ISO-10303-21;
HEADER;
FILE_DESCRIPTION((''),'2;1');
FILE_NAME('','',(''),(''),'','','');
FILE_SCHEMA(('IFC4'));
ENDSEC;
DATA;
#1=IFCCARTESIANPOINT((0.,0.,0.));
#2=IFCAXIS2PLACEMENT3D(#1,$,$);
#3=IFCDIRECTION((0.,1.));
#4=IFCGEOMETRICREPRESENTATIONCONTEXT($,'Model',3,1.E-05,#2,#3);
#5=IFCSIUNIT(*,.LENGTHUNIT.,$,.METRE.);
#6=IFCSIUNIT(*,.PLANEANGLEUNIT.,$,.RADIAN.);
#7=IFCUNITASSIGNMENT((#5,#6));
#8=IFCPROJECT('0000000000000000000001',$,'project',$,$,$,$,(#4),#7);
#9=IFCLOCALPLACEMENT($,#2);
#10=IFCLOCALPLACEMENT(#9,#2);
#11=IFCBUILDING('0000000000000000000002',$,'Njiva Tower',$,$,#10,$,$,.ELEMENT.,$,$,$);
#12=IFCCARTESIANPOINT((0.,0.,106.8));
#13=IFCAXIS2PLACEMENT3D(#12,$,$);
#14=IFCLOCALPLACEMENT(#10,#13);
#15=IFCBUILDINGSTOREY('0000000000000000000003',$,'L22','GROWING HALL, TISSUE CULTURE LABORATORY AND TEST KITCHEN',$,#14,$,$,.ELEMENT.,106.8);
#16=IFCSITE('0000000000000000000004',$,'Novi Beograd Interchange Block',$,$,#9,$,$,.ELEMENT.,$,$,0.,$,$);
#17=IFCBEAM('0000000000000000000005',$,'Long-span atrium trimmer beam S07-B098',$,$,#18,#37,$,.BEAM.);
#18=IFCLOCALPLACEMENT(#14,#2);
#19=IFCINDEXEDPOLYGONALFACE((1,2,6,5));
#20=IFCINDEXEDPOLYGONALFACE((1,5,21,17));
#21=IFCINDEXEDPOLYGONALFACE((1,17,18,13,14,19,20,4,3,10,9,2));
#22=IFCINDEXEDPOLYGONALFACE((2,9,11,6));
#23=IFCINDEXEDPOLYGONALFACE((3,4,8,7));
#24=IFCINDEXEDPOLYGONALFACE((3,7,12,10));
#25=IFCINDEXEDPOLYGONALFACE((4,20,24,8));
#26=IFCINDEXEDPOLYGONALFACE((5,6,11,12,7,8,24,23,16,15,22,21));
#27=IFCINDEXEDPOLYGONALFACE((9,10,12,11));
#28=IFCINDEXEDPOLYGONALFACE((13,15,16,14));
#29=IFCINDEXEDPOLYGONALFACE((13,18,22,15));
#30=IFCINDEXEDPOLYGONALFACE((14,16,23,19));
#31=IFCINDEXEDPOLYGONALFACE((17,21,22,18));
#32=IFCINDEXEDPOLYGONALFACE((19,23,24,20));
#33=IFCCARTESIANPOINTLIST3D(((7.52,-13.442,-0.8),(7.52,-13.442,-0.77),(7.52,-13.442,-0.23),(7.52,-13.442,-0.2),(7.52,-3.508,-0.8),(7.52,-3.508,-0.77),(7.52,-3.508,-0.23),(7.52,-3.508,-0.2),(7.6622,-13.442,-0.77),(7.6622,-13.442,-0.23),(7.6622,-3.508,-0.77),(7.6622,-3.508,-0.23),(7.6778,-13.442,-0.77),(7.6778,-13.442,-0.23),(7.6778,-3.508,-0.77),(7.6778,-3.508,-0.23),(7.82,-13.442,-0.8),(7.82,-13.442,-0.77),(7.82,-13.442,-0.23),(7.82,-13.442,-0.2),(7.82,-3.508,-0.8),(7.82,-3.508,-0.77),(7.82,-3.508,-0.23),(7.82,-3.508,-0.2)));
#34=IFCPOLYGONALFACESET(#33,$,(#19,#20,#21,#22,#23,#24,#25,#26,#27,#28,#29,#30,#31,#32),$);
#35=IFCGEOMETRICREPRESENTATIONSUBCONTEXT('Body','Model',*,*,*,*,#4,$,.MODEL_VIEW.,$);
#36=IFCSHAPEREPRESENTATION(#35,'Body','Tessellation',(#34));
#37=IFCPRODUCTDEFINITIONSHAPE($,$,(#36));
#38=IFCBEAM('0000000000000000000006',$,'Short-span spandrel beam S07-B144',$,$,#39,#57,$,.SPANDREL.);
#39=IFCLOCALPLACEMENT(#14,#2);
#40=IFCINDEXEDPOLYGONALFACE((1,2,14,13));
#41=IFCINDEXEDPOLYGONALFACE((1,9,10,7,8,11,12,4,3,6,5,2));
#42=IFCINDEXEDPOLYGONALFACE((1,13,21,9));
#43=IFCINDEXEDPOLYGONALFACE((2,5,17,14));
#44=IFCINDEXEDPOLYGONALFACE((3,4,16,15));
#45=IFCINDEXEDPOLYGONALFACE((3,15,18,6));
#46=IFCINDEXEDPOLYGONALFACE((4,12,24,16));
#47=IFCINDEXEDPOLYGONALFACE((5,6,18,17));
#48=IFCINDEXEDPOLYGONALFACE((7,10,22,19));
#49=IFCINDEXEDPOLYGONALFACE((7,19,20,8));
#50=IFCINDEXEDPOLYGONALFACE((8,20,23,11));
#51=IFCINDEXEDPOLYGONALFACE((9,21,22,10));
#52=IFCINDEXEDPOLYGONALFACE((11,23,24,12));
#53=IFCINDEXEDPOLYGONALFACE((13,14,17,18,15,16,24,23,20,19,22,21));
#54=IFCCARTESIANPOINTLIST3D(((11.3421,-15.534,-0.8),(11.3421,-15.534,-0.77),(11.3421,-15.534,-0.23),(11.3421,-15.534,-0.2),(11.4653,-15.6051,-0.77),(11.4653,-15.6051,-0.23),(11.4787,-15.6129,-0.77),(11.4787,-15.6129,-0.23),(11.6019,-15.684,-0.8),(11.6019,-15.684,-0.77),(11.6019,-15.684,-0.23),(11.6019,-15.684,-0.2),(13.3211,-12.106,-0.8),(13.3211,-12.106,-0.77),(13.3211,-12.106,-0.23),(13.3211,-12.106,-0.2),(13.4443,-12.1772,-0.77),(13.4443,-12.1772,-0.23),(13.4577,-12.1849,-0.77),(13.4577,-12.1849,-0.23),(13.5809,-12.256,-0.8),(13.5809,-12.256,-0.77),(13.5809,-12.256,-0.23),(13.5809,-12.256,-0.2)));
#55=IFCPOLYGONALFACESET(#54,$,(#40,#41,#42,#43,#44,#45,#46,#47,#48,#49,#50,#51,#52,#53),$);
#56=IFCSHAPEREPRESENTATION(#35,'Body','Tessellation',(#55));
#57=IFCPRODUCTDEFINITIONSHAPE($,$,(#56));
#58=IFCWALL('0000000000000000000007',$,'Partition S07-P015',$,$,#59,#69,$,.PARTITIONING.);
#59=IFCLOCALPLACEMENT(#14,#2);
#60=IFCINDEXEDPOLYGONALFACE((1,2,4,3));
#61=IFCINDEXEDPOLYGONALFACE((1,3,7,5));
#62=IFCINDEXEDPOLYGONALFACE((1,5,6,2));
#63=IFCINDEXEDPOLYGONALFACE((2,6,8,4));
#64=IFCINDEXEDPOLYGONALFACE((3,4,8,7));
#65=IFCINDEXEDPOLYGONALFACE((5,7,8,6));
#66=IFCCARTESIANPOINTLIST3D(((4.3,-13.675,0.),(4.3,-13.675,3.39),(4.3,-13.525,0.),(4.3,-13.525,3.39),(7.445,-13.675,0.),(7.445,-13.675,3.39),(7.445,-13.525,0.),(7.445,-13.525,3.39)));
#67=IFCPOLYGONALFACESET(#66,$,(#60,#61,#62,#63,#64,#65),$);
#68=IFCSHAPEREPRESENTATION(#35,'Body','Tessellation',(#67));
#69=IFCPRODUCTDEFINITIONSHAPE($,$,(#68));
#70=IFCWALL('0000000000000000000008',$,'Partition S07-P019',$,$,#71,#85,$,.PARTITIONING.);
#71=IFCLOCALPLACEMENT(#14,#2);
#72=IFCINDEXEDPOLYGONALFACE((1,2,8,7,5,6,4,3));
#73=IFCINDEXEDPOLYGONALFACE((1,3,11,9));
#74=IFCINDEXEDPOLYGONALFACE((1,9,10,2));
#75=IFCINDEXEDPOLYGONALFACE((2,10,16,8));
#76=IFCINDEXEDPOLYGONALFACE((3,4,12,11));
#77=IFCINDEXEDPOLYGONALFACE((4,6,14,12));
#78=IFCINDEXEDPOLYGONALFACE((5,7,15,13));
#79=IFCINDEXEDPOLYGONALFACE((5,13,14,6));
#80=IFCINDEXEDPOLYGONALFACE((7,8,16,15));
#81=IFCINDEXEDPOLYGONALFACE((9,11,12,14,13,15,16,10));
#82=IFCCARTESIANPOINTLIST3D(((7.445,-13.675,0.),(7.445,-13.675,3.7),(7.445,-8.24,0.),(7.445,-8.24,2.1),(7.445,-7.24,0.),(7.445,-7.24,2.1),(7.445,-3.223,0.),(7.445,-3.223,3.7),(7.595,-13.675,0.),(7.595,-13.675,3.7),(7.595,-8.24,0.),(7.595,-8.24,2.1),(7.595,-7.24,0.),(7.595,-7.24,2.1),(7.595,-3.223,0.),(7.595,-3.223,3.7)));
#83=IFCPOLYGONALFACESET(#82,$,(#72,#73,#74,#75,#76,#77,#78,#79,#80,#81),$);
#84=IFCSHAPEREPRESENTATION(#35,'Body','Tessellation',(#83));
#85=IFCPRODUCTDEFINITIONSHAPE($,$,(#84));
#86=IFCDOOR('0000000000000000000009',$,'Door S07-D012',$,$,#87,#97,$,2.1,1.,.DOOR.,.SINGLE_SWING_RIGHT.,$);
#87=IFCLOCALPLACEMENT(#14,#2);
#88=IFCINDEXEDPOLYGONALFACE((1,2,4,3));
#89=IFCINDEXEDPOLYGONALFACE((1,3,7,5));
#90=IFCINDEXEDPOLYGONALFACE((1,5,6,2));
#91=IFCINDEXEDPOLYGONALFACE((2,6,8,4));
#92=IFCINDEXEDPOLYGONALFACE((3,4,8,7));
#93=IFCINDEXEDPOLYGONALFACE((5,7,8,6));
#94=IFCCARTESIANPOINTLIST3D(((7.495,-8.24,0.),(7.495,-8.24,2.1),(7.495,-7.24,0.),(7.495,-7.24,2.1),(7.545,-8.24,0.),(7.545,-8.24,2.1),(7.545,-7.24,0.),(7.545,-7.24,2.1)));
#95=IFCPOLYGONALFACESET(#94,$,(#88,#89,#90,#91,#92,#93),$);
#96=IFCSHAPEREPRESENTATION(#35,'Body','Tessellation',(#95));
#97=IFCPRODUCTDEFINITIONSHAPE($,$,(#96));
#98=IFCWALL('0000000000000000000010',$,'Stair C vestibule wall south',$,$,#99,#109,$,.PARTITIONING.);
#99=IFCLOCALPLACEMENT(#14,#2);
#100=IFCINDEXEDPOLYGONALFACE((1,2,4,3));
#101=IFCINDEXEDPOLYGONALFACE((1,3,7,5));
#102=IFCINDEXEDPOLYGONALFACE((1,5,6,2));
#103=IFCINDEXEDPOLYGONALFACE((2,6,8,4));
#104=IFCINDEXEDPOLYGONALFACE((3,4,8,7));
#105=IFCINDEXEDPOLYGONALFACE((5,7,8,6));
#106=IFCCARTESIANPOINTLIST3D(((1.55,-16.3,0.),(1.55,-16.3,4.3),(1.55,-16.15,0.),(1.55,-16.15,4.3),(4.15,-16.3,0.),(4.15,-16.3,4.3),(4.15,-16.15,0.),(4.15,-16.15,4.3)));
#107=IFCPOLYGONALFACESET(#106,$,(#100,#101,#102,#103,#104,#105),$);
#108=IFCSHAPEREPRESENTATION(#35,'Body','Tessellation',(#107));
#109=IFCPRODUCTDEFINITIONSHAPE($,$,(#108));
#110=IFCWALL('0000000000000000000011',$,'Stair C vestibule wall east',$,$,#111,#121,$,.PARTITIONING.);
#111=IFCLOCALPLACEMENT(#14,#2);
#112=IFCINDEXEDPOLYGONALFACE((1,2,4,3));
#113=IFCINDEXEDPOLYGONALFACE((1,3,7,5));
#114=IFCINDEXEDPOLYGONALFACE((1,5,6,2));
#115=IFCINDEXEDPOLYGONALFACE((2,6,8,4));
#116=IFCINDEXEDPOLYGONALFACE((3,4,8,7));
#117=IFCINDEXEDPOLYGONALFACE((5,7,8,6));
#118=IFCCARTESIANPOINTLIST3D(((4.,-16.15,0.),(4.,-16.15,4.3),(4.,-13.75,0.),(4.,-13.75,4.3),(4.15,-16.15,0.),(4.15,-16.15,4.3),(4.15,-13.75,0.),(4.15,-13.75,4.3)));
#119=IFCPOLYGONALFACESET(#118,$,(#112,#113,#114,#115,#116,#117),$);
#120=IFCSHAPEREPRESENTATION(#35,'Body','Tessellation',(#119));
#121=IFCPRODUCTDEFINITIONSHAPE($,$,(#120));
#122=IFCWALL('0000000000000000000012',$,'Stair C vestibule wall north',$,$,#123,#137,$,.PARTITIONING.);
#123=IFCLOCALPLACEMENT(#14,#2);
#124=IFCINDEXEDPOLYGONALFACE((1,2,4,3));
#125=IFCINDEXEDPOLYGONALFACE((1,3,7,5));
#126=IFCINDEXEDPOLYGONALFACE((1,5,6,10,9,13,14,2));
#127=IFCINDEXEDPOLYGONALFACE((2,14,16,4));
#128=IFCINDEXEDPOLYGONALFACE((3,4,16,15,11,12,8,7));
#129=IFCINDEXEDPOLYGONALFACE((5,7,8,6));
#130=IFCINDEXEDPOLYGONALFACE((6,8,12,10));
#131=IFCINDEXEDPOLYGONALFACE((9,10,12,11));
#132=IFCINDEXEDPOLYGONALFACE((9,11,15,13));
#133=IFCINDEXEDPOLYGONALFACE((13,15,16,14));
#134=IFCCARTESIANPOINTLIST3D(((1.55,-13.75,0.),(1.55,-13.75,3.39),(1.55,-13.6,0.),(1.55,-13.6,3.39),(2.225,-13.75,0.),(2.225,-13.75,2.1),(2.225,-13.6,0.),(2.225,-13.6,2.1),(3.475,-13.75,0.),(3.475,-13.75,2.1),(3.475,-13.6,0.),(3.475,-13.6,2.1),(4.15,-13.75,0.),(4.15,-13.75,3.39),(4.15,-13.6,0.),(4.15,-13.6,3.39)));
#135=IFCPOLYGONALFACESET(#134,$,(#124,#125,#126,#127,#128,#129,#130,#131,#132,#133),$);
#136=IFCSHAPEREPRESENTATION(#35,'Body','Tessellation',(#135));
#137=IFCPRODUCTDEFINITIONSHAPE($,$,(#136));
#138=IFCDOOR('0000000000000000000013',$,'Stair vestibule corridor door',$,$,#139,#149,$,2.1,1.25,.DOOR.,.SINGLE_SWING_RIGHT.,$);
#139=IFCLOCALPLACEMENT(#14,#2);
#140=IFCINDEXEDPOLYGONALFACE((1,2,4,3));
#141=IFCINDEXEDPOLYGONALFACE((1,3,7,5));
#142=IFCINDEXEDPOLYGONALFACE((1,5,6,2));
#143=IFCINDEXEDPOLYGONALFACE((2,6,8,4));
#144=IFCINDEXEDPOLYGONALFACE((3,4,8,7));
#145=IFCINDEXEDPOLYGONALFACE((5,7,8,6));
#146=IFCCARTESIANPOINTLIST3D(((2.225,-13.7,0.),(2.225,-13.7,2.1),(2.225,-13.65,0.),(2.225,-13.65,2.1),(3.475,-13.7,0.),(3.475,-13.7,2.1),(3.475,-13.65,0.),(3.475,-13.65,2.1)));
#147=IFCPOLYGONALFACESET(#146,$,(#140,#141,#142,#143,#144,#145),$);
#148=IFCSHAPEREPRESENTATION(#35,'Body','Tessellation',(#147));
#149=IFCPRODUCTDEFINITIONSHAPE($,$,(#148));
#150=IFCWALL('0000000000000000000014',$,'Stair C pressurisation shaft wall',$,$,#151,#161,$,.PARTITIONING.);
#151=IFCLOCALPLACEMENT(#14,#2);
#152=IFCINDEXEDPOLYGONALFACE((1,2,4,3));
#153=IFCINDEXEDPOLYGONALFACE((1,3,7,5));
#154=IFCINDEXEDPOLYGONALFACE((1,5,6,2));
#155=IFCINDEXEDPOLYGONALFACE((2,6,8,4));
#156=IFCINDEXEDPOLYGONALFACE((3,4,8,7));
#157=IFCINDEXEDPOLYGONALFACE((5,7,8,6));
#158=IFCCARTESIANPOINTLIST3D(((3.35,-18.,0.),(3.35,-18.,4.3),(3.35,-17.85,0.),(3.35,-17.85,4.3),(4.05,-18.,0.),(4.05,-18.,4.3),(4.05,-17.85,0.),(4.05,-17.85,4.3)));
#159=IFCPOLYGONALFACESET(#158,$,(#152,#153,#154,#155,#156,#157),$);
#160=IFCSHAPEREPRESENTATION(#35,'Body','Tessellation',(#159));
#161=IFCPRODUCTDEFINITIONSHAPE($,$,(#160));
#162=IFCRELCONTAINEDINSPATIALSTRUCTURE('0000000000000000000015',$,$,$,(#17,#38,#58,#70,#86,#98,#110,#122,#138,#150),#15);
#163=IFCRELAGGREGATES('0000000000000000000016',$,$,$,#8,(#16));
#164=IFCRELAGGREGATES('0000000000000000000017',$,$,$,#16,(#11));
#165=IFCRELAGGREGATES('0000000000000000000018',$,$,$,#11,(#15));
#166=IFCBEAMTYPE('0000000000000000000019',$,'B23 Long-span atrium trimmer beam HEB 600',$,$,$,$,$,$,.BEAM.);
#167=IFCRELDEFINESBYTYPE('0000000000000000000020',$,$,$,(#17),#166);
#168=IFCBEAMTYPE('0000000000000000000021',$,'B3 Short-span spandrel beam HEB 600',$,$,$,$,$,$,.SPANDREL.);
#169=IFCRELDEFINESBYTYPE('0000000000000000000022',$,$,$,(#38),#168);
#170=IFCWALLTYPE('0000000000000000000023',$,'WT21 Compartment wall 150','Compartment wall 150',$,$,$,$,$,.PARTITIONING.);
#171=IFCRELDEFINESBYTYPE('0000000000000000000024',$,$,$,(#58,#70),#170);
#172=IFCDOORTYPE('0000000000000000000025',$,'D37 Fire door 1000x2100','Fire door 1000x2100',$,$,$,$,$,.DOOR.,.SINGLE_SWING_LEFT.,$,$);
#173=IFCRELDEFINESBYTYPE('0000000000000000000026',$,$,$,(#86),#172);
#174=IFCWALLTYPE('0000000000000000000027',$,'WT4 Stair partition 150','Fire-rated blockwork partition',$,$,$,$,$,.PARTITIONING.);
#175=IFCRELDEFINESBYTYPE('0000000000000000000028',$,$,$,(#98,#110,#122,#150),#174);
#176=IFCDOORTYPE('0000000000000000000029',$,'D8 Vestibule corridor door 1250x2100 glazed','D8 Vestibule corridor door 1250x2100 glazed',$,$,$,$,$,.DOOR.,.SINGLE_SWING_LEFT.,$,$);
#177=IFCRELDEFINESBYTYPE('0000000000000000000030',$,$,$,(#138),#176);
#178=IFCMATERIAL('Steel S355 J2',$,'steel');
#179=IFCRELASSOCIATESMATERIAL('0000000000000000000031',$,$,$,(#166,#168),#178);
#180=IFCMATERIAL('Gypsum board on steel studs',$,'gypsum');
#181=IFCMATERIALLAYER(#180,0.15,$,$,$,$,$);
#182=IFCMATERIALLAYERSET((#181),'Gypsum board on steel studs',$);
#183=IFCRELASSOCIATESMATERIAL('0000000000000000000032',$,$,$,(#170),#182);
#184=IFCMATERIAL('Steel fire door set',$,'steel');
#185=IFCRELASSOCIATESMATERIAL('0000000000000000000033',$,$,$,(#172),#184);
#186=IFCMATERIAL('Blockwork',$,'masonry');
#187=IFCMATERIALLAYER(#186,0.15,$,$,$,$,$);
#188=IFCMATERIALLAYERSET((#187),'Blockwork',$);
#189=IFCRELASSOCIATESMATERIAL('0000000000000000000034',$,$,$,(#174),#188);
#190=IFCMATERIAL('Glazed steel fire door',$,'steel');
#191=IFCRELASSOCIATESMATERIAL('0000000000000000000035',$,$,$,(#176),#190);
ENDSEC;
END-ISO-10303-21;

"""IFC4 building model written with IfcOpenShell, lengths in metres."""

from ifc_helpers import new_model, si_unit, direction, frame, frame_2d, origin, origin_2d, place, context, subcontext, project, spatial, rectangle, i_section, extrude, material, layer, layer_set, material_profile, profile_set, type_object, element, fill, save


model = new_model("IFC4")

# Units and contexts
model_context = context("Model", 3, precision=1e-05, world=origin(), true_north=direction((0.0, 1.0)))
body_context = subcontext(model_context, "Body", "Model", "MODEL_VIEW")
ifc_project = project(units=[si_unit("LENGTHUNIT", "METRE"), si_unit("PLANEANGLEUNIT", "RADIAN")], contexts=[model_context])

# Site, building, storey
site_placement = place(None, origin())
site = spatial("IfcSite", under=ifc_project, at=site_placement, Name="Novi Beograd Interchange Block", CompositionType="ELEMENT", RefElevation=0.0)
building_placement = place(site_placement, origin())
building = spatial("IfcBuilding", under=site, at=building_placement, Name="Njiva Tower", CompositionType="ELEMENT")
storey_placement = place(building_placement, frame((0.0, 0.0, 106.8)))
storey = spatial("IfcBuildingStorey", under=building, at=storey_placement, Name="L22", Description="GROWING HALL, TISSUE CULTURE LABORATORY AND TEST KITCHEN", CompositionType="ELEMENT", Elevation=106.8)

# Shared definitions
ifc_material_1 = material(Name="Steel S355 J2", Category="steel")

# Beams
ifc_material_profile_1 = material_profile(ifc_material_1, i_section(OverallWidth=0.3, OverallDepth=0.6, WebThickness=0.0155, FlangeThickness=0.03, at=origin_2d()), Name="HEB 600")
ifc_profile_set_1 = profile_set([ifc_material_profile_1], Name="Steel S355 J2")
beam_type_1 = type_object("IfcBeamType", Name="B23 Long-span atrium trimmer beam HEB 600", PredefinedType="BEAM", material=ifc_profile_set_1)
beam_1_placement = place(storey_placement, frame((7.67, -13.442, -0.5), z_axis=(0.0, 1.0, 0.0), x_axis=(-1.0, 0.0, 0.0)))
element("IfcBeam", 1, at=beam_1_placement, inside=storey, type_object=beam_type_1, Name="Long-span atrium trimmer beam S07-B098", PredefinedType="BEAM", context=body_context, shape_type="SweptSolid", body=[
    extrude(i_section(OverallWidth=0.3, OverallDepth=0.6, WebThickness=0.0155, FlangeThickness=0.03, at=origin_2d()), origin(), (0.0, 0.0, 1.0), 9.934),
])
ifc_material_profile_2 = material_profile(ifc_material_1, i_section(OverallWidth=0.3, OverallDepth=0.6, WebThickness=0.0155, FlangeThickness=0.03, at=origin_2d()), Name="HEB 600")
ifc_profile_set_2 = profile_set([ifc_material_profile_2], Name="Steel S355 J2")
beam_type_2 = type_object("IfcBeamType", Name="B3 Short-span spandrel beam HEB 600", PredefinedType="SPANDREL", material=ifc_profile_set_2)
beam_2_placement = place(storey_placement, frame((11.472, -15.609, -0.5), z_axis=(0.49997, 0.866043, 0.0), x_axis=(-0.866043, 0.49997, 0.0)))
element("IfcBeam", 2, at=beam_2_placement, inside=storey, type_object=beam_type_2, Name="Short-span spandrel beam S07-B144", PredefinedType="SPANDREL", context=body_context, shape_type="SweptSolid", body=[
    extrude(i_section(OverallWidth=0.3, OverallDepth=0.6, WebThickness=0.0155, FlangeThickness=0.03, at=origin_2d()), origin(), (0.0, 0.0, 1.0), 3.9582),
])

# Wall
ifc_material_2 = material(Name="Gypsum board on steel studs", Category="gypsum")
ifc_layer_1 = layer(ifc_material_2, 0.15)
ifc_layer_set_1 = layer_set([ifc_layer_1], Name="Gypsum board on steel studs")
wall_type_1 = type_object("IfcWallType", Name="WT21 Compartment wall 150", Description="Compartment wall 150", PredefinedType="PARTITIONING", material=ifc_layer_set_1)
wall_1_placement = place(storey_placement, frame((4.3, -13.6, 0.0), z_axis=(0.0, 0.0, 1.0), x_axis=(1.0, 0.0, 0.0)))
element("IfcWall", 3, at=wall_1_placement, inside=storey, type_object=wall_type_1, Name="Partition S07-P015", PredefinedType="PARTITIONING", context=body_context, shape_type="SweptSolid", body=[
    extrude(rectangle(XDim=3.145, YDim=0.15, at=frame_2d((1.5725, 0.0))), origin(), (0.0, 0.0, 1.0), 3.39),
])

# Wall, opening, door
wall_2_placement = place(storey_placement, frame((7.52, -13.675, 0.0), z_axis=(0.0, 0.0, 1.0), x_axis=(0.0, 1.0, 0.0)))
wall_2 = element("IfcWall", 4, at=wall_2_placement, inside=storey, type_object=wall_type_1, Name="Partition S07-P019", PredefinedType="PARTITIONING", context=body_context, shape_type="SweptSolid", body=[
    extrude(rectangle(XDim=10.452, YDim=0.15, at=frame_2d((5.226, 0.0))), origin(), (0.0, 0.0, 1.0), 3.7),
])
opening_1_placement = place(wall_2_placement, frame((5.435, 0.0, 0.0)))
opening_1 = element("IfcOpeningElement", 5, at=opening_1_placement, cuts=wall_2, PredefinedType="OPENING", context=body_context, shape_type="SweptSolid", body=[
    extrude(rectangle(XDim=1.0, YDim=2.1, at=frame_2d((0.5, 1.05))), frame((0.0, 0.085, 0.0), z_axis=(0.0, -1.0, 0.0), x_axis=(1.0, 0.0, 0.0)), (0.0, 0.0, 1.0), 0.17),
])
ifc_material_3 = material(Name="Steel fire door set", Category="steel")
door_type_1 = type_object("IfcDoorType", Name="D37 Fire door 1000x2100", Description="Fire door 1000x2100", OperationType="SINGLE_SWING_LEFT", PredefinedType="DOOR", material=ifc_material_3)
door_1_placement = place(opening_1_placement, origin())
door_1 = element("IfcDoor", 6, at=door_1_placement, inside=storey, type_object=door_type_1, Name="Door S07-D012", OperationType="SINGLE_SWING_RIGHT", OverallHeight=2.1, OverallWidth=1.0, PredefinedType="DOOR", context=body_context, shape_type="SweptSolid", body=[
    extrude(rectangle(XDim=1.0, YDim=2.1, at=frame_2d((0.5, 1.05))), frame((0.0, 0.025, 0.0), z_axis=(0.0, -1.0, 0.0), x_axis=(1.0, 0.0, 0.0)), (0.0, 0.0, 1.0), 0.05),
])
fill(opening_1, door_1)

# Walls
ifc_material_4 = material(Name="Blockwork", Category="masonry")
ifc_layer_2 = layer(ifc_material_4, 0.15)
ifc_layer_set_2 = layer_set([ifc_layer_2], Name="Blockwork")
wall_type_2 = type_object("IfcWallType", Name="WT4 Stair partition 150", Description="Fire-rated blockwork partition", PredefinedType="PARTITIONING", material=ifc_layer_set_2)
wall_3_placement = place(storey_placement, frame((1.55, -16.225, 0.0), z_axis=(0.0, 0.0, 1.0), x_axis=(1.0, 0.0, 0.0)))
element("IfcWall", 7, at=wall_3_placement, inside=storey, type_object=wall_type_2, Name="Stair C vestibule wall south", PredefinedType="PARTITIONING", context=body_context, shape_type="SweptSolid", body=[
    extrude(rectangle(XDim=2.6, YDim=0.15, at=frame_2d((1.3, 0.0))), origin(), (0.0, 0.0, 1.0), 4.3),
])
wall_4_placement = place(storey_placement, frame((4.075, -16.15, 0.0), z_axis=(0.0, 0.0, 1.0), x_axis=(0.0, 1.0, 0.0)))
element("IfcWall", 8, at=wall_4_placement, inside=storey, type_object=wall_type_2, Name="Stair C vestibule wall east", PredefinedType="PARTITIONING", context=body_context, shape_type="SweptSolid", body=[
    extrude(rectangle(XDim=2.4, YDim=0.15, at=frame_2d((1.2, 0.0))), origin(), (0.0, 0.0, 1.0), 4.3),
])

# Wall, opening, door
wall_5_placement = place(storey_placement, frame((1.55, -13.675, 0.0), z_axis=(0.0, 0.0, 1.0), x_axis=(1.0, 0.0, 0.0)))
wall_5 = element("IfcWall", 9, at=wall_5_placement, inside=storey, type_object=wall_type_2, Name="Stair C vestibule wall north", PredefinedType="PARTITIONING", context=body_context, shape_type="SweptSolid", body=[
    extrude(rectangle(XDim=2.6, YDim=0.15, at=frame_2d((1.3, 0.0))), origin(), (0.0, 0.0, 1.0), 3.39),
])
opening_2_placement = place(wall_5_placement, frame((0.675, 0.0, 0.0)))
opening_2 = element("IfcOpeningElement", 10, at=opening_2_placement, cuts=wall_5, PredefinedType="OPENING", context=body_context, shape_type="SweptSolid", body=[
    extrude(rectangle(XDim=1.25, YDim=2.1, at=frame_2d((0.625, 1.05))), frame((0.0, 0.085, 0.0), z_axis=(0.0, -1.0, 0.0), x_axis=(1.0, 0.0, 0.0)), (0.0, 0.0, 1.0), 0.17),
])
ifc_material_5 = material(Name="Glazed steel fire door", Category="steel")
door_type_2 = type_object("IfcDoorType", Name="D8 Vestibule corridor door 1250x2100 glazed", Description="D8 Vestibule corridor door 1250x2100 glazed", OperationType="SINGLE_SWING_LEFT", PredefinedType="DOOR", material=ifc_material_5)
door_2_placement = place(opening_2_placement, origin())
door_2 = element("IfcDoor", 11, at=door_2_placement, inside=storey, type_object=door_type_2, Name="Stair vestibule corridor door", OperationType="SINGLE_SWING_RIGHT", OverallHeight=2.1, OverallWidth=1.25, PredefinedType="DOOR", context=body_context, shape_type="SweptSolid", body=[
    extrude(rectangle(XDim=1.25, YDim=2.1, at=frame_2d((0.625, 1.05))), frame((0.0, 0.025, 0.0), z_axis=(0.0, -1.0, 0.0), x_axis=(1.0, 0.0, 0.0)), (0.0, 0.0, 1.0), 0.05),
])
fill(opening_2, door_2)

# Wall
wall_6_placement = place(storey_placement, frame((3.35, -17.925, 0.0), z_axis=(0.0, 0.0, 1.0), x_axis=(1.0, 0.0, 0.0)))
element("IfcWall", 12, at=wall_6_placement, inside=storey, type_object=wall_type_2, Name="Stair C pressurisation shaft wall", PredefinedType="PARTITIONING", context=body_context, shape_type="SweptSolid", body=[
    extrude(rectangle(XDim=0.7, YDim=0.15, at=frame_2d((0.35, 0.0))), origin(), (0.0, 0.0, 1.0), 4.3),
])

save(model, "model.ifc")
